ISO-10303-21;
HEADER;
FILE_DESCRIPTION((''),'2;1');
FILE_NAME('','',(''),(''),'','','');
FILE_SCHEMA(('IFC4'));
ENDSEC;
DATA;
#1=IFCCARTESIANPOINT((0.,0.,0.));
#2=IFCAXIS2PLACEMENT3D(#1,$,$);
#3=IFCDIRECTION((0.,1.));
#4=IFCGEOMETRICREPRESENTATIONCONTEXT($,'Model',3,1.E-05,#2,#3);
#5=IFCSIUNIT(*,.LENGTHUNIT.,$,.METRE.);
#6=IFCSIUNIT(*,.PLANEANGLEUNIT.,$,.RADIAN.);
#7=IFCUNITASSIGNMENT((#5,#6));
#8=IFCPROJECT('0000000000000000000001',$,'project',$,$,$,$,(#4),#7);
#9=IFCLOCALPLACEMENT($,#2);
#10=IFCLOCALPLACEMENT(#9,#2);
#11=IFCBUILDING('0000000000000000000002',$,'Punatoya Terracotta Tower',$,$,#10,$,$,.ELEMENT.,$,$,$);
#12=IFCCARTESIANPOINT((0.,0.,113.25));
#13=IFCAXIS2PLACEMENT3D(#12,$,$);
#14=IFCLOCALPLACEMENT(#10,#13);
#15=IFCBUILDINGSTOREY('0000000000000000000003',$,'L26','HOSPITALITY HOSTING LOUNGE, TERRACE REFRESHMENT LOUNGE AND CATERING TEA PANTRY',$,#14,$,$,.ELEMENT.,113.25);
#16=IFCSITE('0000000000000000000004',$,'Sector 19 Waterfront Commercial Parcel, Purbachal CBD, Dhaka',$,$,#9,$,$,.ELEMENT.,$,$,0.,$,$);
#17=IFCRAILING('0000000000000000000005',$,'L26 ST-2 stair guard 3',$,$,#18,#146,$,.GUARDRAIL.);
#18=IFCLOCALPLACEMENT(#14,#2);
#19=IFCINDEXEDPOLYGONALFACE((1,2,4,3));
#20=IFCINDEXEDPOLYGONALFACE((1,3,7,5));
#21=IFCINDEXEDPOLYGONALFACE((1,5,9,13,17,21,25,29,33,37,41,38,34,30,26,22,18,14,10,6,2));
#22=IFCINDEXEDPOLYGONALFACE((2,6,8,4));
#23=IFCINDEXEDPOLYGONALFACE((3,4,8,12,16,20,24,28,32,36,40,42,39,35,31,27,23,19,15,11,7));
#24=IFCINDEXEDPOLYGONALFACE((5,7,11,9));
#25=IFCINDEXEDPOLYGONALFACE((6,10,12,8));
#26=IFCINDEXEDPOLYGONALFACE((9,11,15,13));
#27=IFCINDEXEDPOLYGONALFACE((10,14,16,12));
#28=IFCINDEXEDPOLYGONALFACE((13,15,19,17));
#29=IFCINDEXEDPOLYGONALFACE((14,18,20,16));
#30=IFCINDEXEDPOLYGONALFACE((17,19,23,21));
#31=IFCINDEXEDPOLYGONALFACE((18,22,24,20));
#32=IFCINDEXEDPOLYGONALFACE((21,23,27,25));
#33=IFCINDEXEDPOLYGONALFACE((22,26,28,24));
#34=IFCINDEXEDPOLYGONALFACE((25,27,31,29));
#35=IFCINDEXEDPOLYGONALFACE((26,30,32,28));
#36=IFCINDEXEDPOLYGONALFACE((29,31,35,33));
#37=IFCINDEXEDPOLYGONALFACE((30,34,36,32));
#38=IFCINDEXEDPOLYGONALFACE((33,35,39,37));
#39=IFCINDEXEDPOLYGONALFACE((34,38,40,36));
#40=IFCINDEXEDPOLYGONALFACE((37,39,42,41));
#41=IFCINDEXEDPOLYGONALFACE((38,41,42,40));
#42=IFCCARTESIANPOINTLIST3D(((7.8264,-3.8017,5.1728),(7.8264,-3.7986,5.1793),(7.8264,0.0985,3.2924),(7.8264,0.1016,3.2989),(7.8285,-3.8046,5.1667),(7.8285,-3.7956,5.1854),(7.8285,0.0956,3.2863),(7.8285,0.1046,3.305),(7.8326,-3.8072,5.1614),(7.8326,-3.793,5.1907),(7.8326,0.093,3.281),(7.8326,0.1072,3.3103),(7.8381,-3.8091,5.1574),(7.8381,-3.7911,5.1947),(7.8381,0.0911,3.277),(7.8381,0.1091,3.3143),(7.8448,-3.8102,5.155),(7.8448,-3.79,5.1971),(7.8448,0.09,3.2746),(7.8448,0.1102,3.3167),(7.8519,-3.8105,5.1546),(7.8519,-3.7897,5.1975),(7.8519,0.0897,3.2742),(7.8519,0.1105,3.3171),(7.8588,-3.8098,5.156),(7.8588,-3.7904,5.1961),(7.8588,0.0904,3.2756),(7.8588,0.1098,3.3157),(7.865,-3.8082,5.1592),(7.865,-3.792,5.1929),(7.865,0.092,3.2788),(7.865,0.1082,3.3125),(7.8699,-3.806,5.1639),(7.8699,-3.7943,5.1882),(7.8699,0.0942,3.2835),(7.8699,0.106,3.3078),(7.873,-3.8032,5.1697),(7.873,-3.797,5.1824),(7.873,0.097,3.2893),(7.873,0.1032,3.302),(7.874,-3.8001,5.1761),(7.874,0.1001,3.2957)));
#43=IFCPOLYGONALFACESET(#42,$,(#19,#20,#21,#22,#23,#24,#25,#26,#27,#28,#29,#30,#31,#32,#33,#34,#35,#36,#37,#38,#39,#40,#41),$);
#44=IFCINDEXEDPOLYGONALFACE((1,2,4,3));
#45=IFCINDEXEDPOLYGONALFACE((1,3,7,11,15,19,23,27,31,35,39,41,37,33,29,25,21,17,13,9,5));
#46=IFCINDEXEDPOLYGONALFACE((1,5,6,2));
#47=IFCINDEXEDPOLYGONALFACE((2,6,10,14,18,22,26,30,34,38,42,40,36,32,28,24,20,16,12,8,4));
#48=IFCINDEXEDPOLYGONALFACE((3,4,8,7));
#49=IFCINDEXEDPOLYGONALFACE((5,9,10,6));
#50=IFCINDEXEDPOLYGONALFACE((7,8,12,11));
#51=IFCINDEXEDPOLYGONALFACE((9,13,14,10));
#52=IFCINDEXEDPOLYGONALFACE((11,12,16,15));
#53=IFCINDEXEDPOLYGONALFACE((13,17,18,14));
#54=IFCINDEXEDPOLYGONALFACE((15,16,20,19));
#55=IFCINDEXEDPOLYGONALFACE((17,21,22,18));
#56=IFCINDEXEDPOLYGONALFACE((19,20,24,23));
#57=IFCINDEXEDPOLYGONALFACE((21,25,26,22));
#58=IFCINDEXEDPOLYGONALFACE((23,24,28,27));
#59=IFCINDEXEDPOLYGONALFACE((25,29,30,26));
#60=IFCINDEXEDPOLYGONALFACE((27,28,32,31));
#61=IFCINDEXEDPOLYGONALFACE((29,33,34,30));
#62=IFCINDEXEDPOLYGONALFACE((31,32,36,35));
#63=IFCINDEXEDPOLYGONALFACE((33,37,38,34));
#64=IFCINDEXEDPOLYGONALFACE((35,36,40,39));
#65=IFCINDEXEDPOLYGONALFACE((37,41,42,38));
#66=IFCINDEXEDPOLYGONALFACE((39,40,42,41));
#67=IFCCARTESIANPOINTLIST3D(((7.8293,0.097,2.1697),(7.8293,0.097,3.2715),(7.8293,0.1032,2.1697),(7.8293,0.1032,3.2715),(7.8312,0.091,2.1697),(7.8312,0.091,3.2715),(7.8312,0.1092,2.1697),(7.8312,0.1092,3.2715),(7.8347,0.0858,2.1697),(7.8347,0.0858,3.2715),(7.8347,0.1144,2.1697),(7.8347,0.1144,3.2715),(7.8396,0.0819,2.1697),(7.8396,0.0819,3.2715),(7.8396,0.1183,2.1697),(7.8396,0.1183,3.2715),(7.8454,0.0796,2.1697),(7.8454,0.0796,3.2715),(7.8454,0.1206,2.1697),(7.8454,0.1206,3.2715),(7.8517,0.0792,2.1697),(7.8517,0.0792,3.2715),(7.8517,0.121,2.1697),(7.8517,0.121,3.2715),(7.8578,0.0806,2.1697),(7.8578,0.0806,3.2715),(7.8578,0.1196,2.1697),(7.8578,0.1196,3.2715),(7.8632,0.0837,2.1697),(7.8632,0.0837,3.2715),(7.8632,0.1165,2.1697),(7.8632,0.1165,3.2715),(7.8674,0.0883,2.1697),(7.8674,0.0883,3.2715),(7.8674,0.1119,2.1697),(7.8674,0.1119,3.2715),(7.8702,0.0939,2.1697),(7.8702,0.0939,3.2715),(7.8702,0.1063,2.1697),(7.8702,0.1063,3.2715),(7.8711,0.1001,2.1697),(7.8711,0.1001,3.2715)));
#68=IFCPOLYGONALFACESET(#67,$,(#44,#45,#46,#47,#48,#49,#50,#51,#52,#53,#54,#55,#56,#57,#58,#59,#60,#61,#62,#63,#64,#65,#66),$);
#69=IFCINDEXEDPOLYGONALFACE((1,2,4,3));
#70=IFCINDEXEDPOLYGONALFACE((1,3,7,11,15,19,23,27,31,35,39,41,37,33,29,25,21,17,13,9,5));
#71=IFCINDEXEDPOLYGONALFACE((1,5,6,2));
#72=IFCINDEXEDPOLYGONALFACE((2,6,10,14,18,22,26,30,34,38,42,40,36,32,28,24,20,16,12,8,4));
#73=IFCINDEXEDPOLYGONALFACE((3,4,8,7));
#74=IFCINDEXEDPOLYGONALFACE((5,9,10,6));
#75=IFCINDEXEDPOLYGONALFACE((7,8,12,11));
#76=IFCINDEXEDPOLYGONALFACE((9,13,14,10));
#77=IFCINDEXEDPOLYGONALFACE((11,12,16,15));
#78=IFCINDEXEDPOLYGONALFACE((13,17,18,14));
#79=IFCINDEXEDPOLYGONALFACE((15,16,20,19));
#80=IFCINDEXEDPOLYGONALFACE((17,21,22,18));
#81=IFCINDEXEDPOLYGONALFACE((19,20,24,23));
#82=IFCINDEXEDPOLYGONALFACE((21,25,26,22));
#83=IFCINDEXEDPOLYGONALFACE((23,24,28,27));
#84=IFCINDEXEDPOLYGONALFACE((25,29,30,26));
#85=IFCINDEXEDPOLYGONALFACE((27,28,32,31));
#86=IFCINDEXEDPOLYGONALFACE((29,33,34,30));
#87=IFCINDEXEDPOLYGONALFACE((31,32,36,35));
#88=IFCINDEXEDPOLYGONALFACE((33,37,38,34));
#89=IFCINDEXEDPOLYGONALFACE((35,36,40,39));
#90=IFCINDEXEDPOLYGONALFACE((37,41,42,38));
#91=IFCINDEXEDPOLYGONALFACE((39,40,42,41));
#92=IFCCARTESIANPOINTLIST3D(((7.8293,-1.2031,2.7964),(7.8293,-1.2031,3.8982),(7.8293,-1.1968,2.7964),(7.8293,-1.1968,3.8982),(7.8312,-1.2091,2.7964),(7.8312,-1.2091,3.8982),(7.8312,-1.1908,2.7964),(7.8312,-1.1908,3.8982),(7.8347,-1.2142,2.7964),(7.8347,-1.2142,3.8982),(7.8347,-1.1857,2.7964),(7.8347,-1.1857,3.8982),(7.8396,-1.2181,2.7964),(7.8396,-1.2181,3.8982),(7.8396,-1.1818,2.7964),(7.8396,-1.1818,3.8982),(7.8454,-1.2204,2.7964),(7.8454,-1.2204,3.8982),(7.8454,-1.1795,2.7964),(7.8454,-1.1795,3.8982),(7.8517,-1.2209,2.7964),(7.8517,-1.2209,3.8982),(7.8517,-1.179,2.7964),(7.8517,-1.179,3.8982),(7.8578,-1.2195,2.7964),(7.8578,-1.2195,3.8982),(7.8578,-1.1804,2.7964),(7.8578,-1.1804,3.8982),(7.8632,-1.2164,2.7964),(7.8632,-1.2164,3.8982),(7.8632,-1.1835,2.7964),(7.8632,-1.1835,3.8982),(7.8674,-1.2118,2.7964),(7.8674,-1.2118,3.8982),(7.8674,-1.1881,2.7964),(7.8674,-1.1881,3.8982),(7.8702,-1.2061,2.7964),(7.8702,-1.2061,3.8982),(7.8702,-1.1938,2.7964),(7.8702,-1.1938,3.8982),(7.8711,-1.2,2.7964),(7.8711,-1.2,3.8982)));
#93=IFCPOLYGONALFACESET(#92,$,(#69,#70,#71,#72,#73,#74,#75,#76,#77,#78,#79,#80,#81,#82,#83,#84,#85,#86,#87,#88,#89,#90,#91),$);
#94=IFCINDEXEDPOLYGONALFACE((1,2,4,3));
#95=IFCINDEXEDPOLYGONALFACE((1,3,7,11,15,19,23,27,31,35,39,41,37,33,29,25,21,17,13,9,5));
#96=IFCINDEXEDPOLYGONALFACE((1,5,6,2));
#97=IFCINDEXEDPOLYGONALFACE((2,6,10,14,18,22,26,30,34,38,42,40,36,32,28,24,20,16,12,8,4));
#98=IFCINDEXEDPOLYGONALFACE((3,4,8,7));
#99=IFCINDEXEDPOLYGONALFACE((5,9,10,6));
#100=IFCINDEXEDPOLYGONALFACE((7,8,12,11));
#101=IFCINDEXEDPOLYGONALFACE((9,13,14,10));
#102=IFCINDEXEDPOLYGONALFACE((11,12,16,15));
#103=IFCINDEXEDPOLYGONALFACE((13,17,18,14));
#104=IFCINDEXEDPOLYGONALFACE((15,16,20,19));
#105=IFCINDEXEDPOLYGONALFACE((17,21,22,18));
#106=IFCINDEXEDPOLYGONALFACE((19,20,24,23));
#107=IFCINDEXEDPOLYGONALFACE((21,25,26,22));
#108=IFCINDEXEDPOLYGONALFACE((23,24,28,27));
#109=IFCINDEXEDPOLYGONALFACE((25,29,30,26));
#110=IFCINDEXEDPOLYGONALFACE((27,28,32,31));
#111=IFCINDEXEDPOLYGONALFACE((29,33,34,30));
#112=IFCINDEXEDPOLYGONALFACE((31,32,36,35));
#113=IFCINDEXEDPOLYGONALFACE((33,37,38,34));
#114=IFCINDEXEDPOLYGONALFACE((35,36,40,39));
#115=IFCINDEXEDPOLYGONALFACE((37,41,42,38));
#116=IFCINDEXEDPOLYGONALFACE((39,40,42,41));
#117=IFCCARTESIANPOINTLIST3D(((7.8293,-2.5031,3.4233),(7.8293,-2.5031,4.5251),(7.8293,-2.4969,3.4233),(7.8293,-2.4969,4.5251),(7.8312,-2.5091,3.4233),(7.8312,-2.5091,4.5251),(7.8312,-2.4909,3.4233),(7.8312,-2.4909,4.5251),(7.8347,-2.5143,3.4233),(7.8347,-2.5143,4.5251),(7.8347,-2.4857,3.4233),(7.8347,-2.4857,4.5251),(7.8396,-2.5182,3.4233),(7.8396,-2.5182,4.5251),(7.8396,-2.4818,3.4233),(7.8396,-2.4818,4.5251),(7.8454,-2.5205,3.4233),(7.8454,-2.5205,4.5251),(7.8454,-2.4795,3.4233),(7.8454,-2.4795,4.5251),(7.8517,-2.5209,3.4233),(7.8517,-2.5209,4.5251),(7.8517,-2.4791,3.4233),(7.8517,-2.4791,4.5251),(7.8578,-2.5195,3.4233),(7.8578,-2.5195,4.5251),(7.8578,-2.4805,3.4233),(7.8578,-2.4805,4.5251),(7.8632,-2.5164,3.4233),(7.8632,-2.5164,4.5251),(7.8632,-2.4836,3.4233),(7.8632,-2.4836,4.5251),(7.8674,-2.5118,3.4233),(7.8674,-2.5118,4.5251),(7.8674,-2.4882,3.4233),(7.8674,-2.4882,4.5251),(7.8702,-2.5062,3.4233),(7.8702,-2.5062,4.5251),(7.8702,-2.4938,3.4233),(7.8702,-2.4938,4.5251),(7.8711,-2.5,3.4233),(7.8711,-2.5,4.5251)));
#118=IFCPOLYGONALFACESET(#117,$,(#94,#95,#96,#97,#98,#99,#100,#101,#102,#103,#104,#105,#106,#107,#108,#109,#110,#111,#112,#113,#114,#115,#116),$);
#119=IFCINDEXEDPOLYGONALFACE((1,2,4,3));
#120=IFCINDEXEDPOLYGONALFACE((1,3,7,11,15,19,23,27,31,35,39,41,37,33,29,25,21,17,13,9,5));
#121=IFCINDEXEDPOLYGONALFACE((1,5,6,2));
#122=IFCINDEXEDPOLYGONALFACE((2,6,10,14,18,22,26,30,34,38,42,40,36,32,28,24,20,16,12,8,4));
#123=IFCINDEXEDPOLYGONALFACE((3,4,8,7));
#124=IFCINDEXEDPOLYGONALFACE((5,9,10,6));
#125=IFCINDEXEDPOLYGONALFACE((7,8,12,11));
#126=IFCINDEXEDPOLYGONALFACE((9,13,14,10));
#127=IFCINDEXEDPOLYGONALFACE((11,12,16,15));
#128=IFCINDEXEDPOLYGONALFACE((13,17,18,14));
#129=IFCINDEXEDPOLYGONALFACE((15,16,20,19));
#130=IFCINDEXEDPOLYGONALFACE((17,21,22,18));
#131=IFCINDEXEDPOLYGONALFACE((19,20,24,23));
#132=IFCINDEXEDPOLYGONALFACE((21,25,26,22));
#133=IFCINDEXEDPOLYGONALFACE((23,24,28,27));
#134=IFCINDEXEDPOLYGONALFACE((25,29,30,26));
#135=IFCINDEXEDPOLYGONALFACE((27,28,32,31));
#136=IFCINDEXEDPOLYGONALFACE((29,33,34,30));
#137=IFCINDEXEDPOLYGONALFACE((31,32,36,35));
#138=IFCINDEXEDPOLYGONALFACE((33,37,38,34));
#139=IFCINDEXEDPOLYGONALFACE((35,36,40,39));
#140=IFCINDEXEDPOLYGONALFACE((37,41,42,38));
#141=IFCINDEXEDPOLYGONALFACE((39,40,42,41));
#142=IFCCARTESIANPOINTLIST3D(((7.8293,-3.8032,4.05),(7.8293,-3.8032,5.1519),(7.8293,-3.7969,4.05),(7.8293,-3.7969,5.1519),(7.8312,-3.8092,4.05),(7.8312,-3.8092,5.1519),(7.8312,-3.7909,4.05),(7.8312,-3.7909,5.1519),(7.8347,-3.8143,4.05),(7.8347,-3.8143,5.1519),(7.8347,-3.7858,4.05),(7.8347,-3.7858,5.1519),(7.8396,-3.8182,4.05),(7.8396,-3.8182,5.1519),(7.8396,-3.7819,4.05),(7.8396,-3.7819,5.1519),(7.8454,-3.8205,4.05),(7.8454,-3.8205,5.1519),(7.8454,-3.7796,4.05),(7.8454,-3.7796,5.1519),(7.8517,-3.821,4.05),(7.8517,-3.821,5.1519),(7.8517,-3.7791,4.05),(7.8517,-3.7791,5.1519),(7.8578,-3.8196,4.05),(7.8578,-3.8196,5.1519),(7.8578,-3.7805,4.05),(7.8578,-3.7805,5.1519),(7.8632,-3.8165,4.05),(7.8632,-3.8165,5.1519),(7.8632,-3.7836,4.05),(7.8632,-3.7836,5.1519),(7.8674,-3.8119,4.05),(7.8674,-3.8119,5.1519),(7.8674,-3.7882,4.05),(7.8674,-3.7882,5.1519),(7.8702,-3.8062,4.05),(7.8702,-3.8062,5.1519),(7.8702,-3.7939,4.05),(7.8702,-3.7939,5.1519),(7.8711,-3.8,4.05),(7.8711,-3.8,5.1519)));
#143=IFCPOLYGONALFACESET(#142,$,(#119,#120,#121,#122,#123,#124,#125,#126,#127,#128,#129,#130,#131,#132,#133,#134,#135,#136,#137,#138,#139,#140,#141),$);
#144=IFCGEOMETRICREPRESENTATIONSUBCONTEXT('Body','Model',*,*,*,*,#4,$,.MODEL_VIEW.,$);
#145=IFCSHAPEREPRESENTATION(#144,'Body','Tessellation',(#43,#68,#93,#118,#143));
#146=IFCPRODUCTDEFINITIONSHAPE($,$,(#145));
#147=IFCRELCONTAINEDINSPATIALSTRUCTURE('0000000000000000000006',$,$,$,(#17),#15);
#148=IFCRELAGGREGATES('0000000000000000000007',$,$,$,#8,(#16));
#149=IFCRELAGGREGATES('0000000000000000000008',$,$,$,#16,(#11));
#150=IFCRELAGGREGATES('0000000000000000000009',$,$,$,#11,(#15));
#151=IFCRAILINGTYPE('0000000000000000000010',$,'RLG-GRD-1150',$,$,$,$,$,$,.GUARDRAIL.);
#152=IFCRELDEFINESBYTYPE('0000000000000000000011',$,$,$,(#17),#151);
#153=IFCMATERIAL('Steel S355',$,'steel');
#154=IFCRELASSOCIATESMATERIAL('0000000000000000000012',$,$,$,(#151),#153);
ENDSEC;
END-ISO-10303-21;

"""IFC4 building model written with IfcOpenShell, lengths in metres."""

from ifc_helpers import new_model, si_unit, direction, frame, origin, origin_2d, place, context, subcontext, project, spatial, circle, extrude, material, type_object, element, save


model = new_model("IFC4")

# Units and contexts
model_context = context("Model", 3, precision=1e-05, world=origin(), true_north=direction((0.0, 1.0)))
body_context = subcontext(model_context, "Body", "Model", "MODEL_VIEW")
ifc_project = project(units=[si_unit("LENGTHUNIT", "METRE"), si_unit("PLANEANGLEUNIT", "RADIAN")], contexts=[model_context])

# Site, building, storey
site_placement = place(None, origin())
site = spatial("IfcSite", under=ifc_project, at=site_placement, Name="Sector 19 Waterfront Commercial Parcel, Purbachal CBD, Dhaka", CompositionType="ELEMENT", RefElevation=0.0)
building_placement = place(site_placement, origin())
building = spatial("IfcBuilding", under=site, at=building_placement, Name="Punatoya Terracotta Tower", CompositionType="ELEMENT")
storey_placement = place(building_placement, frame((0.0, 0.0, 113.25)))
storey = spatial("IfcBuildingStorey", under=building, at=storey_placement, Name="L26", Description="HOSPITALITY HOSTING LOUNGE, TERRACE REFRESHMENT LOUNGE AND CATERING TEA PANTRY", CompositionType="ELEMENT", Elevation=113.25)

# Shared definitions
ifc_material_1 = material(Name="Steel S355", Category="steel")

# Railing
railing_type_1 = type_object("IfcRailingType", Name="RLG-GRD-1150", PredefinedType="GUARDRAIL", material=ifc_material_1)
railing_1_placement = place(storey_placement, frame((7.8501, 0.1001, 2.1697)))
element("IfcRailing", 1, at=railing_1_placement, inside=storey, type_object=railing_type_1, Name="L26 ST-2 stair guard 3", PredefinedType="GUARDRAIL", context=body_context, shape_type="SweptSolid", body=[
    extrude(circle(Radius=0.0239, at=origin_2d()), frame((0.0, 0.0, 1.126), z_axis=(0.0, -0.900774, 0.434289), x_axis=(1.0, 0.0, 0.0)), (0.0, 0.0, 1.0), 4.3298),
    extrude(circle(Radius=0.021, at=origin_2d()), origin(), (0.0, 0.0, 1.0), 1.1018),
    extrude(circle(Radius=0.021, at=origin_2d()), frame((0.0, -1.3, 0.6267)), (0.0, 0.0, 1.0), 1.1018),
    extrude(circle(Radius=0.021, at=origin_2d()), frame((0.0, -2.6001, 1.2537)), (0.0, 0.0, 1.0), 1.1018),
    extrude(circle(Radius=0.021, at=origin_2d()), frame((0.0, -3.9001, 1.8804)), (0.0, 0.0, 1.0), 1.1018),
])

save(model, "model.ifc")
